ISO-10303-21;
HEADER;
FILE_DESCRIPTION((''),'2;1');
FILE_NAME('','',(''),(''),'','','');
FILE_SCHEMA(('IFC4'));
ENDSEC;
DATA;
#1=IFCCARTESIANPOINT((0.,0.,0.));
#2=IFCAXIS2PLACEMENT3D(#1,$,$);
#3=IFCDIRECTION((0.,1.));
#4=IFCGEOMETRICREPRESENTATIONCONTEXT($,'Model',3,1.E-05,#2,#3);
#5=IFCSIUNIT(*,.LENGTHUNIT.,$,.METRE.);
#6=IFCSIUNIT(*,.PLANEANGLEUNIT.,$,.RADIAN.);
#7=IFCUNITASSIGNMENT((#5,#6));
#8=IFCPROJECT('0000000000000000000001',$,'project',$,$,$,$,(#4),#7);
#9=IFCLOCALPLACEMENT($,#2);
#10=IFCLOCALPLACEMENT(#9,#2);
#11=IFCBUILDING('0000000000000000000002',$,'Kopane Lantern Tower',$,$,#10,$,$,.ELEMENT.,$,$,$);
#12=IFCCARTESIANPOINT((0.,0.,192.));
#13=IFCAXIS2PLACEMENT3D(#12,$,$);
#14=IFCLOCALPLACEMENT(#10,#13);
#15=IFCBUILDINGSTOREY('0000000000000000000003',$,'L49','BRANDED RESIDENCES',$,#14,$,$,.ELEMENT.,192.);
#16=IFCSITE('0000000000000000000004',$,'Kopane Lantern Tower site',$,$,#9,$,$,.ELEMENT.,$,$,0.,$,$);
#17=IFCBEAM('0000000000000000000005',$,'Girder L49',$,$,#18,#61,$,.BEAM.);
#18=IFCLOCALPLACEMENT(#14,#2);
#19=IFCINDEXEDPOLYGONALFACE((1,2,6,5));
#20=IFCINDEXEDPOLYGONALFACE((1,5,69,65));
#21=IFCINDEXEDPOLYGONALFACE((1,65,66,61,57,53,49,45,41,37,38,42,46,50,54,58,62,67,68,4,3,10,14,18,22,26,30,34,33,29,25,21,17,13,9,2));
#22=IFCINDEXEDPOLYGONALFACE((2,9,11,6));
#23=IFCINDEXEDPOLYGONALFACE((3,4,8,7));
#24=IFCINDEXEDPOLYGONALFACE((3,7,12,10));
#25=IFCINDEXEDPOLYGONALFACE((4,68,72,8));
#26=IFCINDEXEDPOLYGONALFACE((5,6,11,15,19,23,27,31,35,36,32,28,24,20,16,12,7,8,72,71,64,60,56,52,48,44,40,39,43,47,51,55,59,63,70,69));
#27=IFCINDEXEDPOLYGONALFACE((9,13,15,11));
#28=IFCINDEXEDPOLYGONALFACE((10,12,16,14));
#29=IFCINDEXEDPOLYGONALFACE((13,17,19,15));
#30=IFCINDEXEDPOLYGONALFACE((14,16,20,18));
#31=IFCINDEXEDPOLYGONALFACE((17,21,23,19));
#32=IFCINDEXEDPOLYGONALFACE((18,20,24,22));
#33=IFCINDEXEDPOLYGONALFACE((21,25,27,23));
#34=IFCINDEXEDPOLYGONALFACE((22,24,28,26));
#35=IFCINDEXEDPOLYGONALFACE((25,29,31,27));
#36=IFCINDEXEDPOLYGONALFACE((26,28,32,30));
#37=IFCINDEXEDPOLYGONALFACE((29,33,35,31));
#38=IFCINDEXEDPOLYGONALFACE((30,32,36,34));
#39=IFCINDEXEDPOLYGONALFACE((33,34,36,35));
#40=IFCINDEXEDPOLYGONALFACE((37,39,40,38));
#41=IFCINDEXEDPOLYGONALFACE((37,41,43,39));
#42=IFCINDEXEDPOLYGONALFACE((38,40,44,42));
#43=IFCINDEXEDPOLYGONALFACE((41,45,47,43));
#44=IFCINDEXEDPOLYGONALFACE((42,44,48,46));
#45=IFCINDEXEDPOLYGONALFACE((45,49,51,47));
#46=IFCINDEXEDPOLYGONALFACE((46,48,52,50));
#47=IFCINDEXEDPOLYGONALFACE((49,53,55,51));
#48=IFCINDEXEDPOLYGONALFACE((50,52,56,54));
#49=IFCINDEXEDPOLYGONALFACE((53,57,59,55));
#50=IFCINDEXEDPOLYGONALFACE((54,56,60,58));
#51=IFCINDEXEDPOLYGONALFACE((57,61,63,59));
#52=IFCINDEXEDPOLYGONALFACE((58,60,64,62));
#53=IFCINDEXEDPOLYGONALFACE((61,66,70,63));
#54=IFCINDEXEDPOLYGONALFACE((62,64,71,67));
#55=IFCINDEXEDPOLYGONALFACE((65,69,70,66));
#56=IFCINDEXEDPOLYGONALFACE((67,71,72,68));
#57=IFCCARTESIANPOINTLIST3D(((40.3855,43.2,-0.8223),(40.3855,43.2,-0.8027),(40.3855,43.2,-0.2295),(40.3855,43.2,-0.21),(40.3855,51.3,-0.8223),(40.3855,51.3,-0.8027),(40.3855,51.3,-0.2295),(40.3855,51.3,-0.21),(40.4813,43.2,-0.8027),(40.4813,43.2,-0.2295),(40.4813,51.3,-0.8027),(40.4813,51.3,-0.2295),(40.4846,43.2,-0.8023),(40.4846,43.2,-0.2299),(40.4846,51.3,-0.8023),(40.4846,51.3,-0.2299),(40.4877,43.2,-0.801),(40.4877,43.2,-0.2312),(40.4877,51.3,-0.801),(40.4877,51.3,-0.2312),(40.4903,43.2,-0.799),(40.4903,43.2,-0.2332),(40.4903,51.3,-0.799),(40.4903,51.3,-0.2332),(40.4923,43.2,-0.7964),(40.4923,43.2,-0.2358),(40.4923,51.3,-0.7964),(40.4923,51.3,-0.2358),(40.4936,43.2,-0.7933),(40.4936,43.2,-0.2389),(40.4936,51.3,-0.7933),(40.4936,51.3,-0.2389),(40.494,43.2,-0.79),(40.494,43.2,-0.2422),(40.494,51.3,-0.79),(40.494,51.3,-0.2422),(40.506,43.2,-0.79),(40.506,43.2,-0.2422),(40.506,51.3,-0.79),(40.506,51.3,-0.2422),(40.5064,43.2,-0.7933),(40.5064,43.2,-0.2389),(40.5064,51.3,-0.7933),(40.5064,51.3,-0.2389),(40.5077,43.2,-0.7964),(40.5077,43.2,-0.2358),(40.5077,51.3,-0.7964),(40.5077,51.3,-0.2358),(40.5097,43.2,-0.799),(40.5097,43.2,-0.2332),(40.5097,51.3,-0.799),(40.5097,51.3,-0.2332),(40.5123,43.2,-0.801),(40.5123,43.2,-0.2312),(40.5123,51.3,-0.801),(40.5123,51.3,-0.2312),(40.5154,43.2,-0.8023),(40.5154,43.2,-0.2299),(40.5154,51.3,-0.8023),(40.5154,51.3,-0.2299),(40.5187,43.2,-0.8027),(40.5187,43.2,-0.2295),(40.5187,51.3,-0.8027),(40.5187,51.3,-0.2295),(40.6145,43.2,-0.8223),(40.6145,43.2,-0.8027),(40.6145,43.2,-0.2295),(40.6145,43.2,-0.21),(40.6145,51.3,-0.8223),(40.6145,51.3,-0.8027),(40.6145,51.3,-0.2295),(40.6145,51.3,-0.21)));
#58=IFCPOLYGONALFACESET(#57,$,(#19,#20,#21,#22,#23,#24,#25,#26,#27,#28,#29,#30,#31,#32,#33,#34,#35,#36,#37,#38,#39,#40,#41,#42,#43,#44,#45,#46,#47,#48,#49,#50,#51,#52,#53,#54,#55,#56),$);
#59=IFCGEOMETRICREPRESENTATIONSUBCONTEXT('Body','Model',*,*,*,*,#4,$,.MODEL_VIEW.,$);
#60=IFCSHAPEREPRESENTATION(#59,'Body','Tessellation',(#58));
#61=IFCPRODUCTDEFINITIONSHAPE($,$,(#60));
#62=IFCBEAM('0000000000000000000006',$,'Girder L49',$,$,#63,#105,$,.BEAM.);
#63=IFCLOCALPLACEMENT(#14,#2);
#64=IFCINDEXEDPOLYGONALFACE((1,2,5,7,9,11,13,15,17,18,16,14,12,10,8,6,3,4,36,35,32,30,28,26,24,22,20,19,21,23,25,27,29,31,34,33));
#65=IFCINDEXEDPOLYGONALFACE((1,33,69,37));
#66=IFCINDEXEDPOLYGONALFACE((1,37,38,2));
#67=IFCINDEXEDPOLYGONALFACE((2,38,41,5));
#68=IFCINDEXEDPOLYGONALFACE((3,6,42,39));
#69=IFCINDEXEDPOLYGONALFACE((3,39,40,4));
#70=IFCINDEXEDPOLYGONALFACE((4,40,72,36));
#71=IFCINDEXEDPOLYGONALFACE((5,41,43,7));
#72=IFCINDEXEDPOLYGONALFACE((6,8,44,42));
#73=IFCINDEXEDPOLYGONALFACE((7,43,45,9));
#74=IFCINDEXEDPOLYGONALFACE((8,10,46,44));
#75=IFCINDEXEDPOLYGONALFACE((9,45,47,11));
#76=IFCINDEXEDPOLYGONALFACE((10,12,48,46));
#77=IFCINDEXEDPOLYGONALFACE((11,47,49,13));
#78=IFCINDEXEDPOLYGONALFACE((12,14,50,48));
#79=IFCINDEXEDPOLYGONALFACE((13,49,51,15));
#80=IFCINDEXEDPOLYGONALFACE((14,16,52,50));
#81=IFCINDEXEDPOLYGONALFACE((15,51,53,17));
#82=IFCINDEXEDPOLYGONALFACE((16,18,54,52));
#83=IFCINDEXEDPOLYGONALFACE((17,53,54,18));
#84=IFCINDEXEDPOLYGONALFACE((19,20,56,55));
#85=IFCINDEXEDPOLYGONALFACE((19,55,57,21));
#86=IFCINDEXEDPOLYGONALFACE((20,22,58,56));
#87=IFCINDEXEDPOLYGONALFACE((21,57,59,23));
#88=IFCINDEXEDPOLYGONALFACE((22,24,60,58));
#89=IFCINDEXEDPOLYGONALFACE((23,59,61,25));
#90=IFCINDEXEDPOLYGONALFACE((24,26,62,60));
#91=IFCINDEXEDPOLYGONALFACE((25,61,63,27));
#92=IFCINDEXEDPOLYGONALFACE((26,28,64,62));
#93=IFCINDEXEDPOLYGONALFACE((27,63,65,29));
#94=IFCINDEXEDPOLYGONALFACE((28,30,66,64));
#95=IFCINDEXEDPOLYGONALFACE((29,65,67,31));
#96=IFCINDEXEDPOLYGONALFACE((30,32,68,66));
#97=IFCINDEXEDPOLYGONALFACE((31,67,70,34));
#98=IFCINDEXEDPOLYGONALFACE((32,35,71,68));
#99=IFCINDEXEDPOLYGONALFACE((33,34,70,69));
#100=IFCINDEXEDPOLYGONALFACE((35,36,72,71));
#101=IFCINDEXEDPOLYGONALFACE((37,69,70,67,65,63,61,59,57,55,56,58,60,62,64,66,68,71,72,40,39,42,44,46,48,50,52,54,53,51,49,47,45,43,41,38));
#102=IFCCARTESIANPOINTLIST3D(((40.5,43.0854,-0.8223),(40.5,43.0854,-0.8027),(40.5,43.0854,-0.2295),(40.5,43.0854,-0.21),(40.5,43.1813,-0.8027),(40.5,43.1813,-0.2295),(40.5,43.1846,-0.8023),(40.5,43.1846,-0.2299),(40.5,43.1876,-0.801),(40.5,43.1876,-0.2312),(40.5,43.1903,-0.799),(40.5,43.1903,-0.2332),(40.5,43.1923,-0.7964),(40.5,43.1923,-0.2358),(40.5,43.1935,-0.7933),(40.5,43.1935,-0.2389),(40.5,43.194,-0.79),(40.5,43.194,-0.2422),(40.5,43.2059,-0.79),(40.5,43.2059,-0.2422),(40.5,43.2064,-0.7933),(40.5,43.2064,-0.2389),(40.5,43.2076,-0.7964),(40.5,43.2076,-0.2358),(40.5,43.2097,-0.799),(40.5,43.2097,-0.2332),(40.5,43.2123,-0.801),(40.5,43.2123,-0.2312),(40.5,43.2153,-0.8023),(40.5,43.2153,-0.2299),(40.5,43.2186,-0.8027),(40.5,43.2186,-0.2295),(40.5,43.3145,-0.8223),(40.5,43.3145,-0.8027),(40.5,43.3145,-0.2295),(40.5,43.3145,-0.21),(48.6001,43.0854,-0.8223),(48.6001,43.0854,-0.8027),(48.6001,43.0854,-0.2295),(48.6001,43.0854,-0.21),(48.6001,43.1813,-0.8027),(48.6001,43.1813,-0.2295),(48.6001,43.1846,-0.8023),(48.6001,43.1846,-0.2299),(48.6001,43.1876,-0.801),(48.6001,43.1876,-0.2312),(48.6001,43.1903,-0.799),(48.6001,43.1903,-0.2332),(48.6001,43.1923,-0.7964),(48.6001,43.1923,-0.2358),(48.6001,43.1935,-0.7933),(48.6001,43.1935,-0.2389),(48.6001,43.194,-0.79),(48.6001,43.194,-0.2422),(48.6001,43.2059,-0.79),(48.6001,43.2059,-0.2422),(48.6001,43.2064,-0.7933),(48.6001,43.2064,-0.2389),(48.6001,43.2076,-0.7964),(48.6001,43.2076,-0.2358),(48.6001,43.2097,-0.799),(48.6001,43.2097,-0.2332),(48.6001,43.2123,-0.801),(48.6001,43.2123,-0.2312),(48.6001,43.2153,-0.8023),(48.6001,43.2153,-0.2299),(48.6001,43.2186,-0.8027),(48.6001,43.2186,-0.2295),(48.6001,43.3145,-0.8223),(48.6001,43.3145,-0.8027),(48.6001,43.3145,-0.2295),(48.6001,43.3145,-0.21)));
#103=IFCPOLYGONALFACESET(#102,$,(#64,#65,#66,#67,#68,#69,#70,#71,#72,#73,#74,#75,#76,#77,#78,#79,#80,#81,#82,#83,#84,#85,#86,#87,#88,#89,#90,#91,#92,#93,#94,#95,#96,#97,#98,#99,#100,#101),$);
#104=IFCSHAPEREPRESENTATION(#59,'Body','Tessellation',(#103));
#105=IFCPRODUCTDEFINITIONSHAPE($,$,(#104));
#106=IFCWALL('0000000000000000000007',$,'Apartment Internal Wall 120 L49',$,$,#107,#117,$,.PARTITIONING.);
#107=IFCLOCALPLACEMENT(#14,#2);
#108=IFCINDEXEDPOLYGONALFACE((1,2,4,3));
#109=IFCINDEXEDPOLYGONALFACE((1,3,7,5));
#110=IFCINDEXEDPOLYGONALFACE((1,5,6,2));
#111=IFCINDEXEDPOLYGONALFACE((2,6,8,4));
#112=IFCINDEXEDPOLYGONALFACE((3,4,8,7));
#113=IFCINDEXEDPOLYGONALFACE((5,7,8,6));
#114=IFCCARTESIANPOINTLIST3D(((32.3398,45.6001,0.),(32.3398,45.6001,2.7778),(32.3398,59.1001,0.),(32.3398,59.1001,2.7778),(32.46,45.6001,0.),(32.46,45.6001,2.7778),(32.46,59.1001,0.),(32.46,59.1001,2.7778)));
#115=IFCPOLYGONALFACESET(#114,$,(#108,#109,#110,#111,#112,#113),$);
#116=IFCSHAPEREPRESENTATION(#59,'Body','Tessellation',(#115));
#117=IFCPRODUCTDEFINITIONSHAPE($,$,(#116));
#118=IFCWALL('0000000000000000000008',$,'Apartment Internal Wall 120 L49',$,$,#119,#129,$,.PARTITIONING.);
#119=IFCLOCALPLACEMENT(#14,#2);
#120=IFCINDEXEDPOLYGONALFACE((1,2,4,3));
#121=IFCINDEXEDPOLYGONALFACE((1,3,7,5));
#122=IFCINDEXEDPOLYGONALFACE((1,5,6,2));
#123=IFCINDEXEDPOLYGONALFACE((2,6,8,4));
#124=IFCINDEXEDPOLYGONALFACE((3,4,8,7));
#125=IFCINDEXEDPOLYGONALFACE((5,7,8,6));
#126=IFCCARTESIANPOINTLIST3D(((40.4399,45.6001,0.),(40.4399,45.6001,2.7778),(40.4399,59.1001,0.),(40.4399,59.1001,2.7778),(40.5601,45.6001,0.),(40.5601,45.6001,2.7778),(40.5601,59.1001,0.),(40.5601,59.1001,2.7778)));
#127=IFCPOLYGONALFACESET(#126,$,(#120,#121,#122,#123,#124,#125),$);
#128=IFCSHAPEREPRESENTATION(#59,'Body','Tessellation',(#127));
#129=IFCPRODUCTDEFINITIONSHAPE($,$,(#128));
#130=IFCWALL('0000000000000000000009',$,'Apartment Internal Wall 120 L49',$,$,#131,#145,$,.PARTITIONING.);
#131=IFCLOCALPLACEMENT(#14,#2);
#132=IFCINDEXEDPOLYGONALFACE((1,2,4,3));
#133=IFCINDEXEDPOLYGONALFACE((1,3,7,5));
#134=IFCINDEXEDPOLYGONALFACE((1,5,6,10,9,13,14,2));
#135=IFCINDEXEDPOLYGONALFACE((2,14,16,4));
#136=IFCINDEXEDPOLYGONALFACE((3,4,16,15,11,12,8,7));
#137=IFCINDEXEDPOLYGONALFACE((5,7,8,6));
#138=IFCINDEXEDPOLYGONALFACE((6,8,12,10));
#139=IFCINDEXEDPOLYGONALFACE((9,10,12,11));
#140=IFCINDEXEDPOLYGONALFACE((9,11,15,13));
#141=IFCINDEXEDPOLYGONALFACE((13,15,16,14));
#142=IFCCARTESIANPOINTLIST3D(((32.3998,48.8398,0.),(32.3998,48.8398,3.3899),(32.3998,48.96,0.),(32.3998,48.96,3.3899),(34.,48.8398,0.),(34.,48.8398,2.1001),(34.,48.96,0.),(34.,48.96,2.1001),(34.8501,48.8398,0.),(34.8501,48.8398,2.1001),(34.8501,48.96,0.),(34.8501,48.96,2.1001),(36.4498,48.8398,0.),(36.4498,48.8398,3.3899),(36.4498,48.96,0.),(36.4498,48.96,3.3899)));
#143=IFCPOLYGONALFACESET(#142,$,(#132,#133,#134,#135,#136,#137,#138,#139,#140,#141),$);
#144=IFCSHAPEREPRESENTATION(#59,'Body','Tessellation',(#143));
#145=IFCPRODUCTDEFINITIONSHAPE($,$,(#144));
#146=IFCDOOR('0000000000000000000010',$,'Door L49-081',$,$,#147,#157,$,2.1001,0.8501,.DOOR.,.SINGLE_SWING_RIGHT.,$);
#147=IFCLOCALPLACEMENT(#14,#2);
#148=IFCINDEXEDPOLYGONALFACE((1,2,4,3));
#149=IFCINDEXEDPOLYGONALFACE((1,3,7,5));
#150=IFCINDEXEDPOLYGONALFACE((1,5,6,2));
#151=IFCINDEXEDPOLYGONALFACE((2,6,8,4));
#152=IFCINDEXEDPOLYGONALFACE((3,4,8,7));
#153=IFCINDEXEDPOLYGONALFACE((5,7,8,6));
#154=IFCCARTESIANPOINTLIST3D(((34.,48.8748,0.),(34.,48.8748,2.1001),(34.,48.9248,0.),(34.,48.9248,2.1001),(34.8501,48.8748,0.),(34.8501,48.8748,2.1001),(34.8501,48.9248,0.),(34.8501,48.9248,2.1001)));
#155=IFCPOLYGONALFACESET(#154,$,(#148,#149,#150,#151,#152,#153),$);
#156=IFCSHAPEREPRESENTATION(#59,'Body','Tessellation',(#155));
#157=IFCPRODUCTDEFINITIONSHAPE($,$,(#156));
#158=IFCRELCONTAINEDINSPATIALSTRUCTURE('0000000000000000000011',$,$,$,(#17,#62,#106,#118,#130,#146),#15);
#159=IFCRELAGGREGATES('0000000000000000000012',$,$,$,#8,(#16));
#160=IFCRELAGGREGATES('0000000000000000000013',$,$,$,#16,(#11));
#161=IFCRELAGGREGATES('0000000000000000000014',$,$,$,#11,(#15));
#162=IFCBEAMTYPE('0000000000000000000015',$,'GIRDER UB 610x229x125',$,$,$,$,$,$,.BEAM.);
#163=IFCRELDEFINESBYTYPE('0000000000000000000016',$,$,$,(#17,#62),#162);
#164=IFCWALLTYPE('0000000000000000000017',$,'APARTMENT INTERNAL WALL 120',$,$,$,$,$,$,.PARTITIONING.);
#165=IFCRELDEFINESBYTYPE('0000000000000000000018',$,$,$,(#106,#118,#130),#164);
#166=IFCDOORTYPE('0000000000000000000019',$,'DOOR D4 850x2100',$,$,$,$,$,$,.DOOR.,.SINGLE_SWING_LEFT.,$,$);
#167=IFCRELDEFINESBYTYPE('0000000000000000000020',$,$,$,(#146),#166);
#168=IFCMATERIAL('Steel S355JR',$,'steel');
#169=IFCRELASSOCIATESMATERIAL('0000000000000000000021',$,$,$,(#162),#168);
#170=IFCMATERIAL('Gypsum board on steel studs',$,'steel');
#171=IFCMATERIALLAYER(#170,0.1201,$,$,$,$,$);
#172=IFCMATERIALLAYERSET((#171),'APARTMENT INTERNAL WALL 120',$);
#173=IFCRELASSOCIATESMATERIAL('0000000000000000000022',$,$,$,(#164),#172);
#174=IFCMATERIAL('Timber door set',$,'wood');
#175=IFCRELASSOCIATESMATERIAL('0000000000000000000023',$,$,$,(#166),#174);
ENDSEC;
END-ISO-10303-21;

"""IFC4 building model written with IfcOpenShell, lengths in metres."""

from ifc_helpers import new_model, si_unit, direction, frame, frame_2d, origin, origin_2d, place, context, subcontext, project, spatial, rectangle, i_section, extrude, material, layer, layer_set, material_profile, profile_set, type_object, element, fill, save


model = new_model("IFC4")

# Units and contexts
model_context = context("Model", 3, precision=1e-05, world=origin(), true_north=direction((0.0, 1.0)))
body_context = subcontext(model_context, "Body", "Model", "MODEL_VIEW")
ifc_project = project(units=[si_unit("LENGTHUNIT", "METRE"), si_unit("PLANEANGLEUNIT", "RADIAN")], contexts=[model_context])

# Site, building, storey
site_placement = place(None, origin())
site = spatial("IfcSite", under=ifc_project, at=site_placement, Name="Kopane Lantern Tower site", CompositionType="ELEMENT", RefElevation=0.0)
building_placement = place(site_placement, origin())
building = spatial("IfcBuilding", under=site, at=building_placement, Name="Kopane Lantern Tower", CompositionType="ELEMENT")
storey_placement = place(building_placement, frame((0.0, 0.0, 192.0)))
storey = spatial("IfcBuildingStorey", under=building, at=storey_placement, Name="L49", Description="BRANDED RESIDENCES", CompositionType="ELEMENT", Elevation=192.0)

# Beams
ifc_material_1 = material(Name="Steel S355JR", Category="steel")
ifc_material_profile_1 = material_profile(ifc_material_1, i_section(OverallWidth=0.229, OverallDepth=0.6123, WebThickness=0.012, FlangeThickness=0.0195, FilletRadius=0.0127, at=origin_2d()), Name="UB 610x229x125")
ifc_profile_set_1 = profile_set([ifc_material_profile_1], Name="Steel S355JR")
beam_type = type_object("IfcBeamType", Name="GIRDER UB 610x229x125", PredefinedType="BEAM", material=ifc_profile_set_1)
for number, where, z_axis, x_axis, name in (
    (1, (40.5, 43.2, -0.5161), (0.0, 1.0, 0.0), (-1.0, 0.0, 0.0), "Girder L49"),
    (2, (40.5, 43.2, -0.5161), (1.0, 0.0, 0.0), (0.0, 1.0, 0.0), "Girder L49"),
):
    element("IfcBeam", number, at=place(storey_placement, frame(where, z_axis=z_axis, x_axis=x_axis)), inside=storey, type_object=beam_type, Name=name, PredefinedType="BEAM", context=body_context, shape_type="SweptSolid", body=[
        extrude(i_section(OverallWidth=0.229, OverallDepth=0.6123, WebThickness=0.012, FlangeThickness=0.0195, FilletRadius=0.0127, at=origin_2d()), origin(), (0.0, 0.0, 1.0), 8.1001),
    ])

# Walls
ifc_material_2 = material(Name="Gypsum board on steel studs", Category="steel")
ifc_layer_1 = layer(ifc_material_2, 0.1201)
ifc_layer_set_1 = layer_set([ifc_layer_1], Name="APARTMENT INTERNAL WALL 120")
wall_type_1 = type_object("IfcWallType", Name="APARTMENT INTERNAL WALL 120", PredefinedType="PARTITIONING", material=ifc_layer_set_1)
for number, where, z_axis, x_axis, name in (
    (3, (32.3999, 45.6001, 0.0), (0.0, 0.0, 1.0), (0.0, 1.0, 0.0), "Apartment Internal Wall 120 L49"),
    (4, (40.5, 45.6001, 0.0), (0.0, 0.0, 1.0), (0.0, 1.0, 0.0), "Apartment Internal Wall 120 L49"),
):
    element("IfcWall", number, at=place(storey_placement, frame(where, z_axis=z_axis, x_axis=x_axis)), inside=storey, type_object=wall_type_1, Name=name, PredefinedType="PARTITIONING", context=body_context, shape_type="SweptSolid", body=[
        extrude(rectangle(XDim=13.5, YDim=0.1201, at=frame_2d((6.75, 0.0))), origin(), (0.0, 0.0, 1.0), 2.7778),
    ])

# Wall, opening, door
wall_1_placement = place(storey_placement, frame((32.3999, 48.8999, 0.0), z_axis=(0.0, 0.0, 1.0), x_axis=(1.0, 0.0, 0.0)))
wall_1 = element("IfcWall", 5, at=wall_1_placement, inside=storey, type_object=wall_type_1, Name="Apartment Internal Wall 120 L49", PredefinedType="PARTITIONING", context=body_context, shape_type="SweptSolid", body=[
    extrude(rectangle(XDim=4.05, YDim=0.1201, at=frame_2d((2.0249, 0.0))), origin(), (0.0, 0.0, 1.0), 3.3899),
])
opening_1_placement = place(wall_1_placement, frame((1.6001, 0.0, 0.0)))
opening_1 = element("IfcOpeningElement", 6, at=opening_1_placement, cuts=wall_1, PredefinedType="OPENING", context=body_context, shape_type="SweptSolid", body=[
    extrude(rectangle(XDim=0.8501, YDim=2.1001, at=frame_2d((0.425, 1.05))), frame((0.0, 0.0701, 0.0), z_axis=(0.0, -1.0, 0.0), x_axis=(1.0, 0.0, 0.0)), (0.0, 0.0, 1.0), 0.1401),
])
ifc_material_3 = material(Name="Timber door set", Category="wood")
door_type_1 = type_object("IfcDoorType", Name="DOOR D4 850x2100", OperationType="SINGLE_SWING_LEFT", PredefinedType="DOOR", material=ifc_material_3)
door_1_placement = place(opening_1_placement, origin())
door_1 = element("IfcDoor", 7, at=door_1_placement, inside=storey, type_object=door_type_1, Name="Door L49-081", OperationType="SINGLE_SWING_RIGHT", OverallHeight=2.1001, OverallWidth=0.8501, PredefinedType="DOOR", context=body_context, shape_type="SweptSolid", body=[
    extrude(rectangle(XDim=0.8501, YDim=2.1001, at=frame_2d((0.425, 1.05))), frame((0.0, 0.0249, 0.0), z_axis=(0.0, -1.0, 0.0), x_axis=(1.0, 0.0, 0.0)), (0.0, 0.0, 1.0), 0.05),
])
fill(opening_1, door_1)

save(model, "model.ifc")
